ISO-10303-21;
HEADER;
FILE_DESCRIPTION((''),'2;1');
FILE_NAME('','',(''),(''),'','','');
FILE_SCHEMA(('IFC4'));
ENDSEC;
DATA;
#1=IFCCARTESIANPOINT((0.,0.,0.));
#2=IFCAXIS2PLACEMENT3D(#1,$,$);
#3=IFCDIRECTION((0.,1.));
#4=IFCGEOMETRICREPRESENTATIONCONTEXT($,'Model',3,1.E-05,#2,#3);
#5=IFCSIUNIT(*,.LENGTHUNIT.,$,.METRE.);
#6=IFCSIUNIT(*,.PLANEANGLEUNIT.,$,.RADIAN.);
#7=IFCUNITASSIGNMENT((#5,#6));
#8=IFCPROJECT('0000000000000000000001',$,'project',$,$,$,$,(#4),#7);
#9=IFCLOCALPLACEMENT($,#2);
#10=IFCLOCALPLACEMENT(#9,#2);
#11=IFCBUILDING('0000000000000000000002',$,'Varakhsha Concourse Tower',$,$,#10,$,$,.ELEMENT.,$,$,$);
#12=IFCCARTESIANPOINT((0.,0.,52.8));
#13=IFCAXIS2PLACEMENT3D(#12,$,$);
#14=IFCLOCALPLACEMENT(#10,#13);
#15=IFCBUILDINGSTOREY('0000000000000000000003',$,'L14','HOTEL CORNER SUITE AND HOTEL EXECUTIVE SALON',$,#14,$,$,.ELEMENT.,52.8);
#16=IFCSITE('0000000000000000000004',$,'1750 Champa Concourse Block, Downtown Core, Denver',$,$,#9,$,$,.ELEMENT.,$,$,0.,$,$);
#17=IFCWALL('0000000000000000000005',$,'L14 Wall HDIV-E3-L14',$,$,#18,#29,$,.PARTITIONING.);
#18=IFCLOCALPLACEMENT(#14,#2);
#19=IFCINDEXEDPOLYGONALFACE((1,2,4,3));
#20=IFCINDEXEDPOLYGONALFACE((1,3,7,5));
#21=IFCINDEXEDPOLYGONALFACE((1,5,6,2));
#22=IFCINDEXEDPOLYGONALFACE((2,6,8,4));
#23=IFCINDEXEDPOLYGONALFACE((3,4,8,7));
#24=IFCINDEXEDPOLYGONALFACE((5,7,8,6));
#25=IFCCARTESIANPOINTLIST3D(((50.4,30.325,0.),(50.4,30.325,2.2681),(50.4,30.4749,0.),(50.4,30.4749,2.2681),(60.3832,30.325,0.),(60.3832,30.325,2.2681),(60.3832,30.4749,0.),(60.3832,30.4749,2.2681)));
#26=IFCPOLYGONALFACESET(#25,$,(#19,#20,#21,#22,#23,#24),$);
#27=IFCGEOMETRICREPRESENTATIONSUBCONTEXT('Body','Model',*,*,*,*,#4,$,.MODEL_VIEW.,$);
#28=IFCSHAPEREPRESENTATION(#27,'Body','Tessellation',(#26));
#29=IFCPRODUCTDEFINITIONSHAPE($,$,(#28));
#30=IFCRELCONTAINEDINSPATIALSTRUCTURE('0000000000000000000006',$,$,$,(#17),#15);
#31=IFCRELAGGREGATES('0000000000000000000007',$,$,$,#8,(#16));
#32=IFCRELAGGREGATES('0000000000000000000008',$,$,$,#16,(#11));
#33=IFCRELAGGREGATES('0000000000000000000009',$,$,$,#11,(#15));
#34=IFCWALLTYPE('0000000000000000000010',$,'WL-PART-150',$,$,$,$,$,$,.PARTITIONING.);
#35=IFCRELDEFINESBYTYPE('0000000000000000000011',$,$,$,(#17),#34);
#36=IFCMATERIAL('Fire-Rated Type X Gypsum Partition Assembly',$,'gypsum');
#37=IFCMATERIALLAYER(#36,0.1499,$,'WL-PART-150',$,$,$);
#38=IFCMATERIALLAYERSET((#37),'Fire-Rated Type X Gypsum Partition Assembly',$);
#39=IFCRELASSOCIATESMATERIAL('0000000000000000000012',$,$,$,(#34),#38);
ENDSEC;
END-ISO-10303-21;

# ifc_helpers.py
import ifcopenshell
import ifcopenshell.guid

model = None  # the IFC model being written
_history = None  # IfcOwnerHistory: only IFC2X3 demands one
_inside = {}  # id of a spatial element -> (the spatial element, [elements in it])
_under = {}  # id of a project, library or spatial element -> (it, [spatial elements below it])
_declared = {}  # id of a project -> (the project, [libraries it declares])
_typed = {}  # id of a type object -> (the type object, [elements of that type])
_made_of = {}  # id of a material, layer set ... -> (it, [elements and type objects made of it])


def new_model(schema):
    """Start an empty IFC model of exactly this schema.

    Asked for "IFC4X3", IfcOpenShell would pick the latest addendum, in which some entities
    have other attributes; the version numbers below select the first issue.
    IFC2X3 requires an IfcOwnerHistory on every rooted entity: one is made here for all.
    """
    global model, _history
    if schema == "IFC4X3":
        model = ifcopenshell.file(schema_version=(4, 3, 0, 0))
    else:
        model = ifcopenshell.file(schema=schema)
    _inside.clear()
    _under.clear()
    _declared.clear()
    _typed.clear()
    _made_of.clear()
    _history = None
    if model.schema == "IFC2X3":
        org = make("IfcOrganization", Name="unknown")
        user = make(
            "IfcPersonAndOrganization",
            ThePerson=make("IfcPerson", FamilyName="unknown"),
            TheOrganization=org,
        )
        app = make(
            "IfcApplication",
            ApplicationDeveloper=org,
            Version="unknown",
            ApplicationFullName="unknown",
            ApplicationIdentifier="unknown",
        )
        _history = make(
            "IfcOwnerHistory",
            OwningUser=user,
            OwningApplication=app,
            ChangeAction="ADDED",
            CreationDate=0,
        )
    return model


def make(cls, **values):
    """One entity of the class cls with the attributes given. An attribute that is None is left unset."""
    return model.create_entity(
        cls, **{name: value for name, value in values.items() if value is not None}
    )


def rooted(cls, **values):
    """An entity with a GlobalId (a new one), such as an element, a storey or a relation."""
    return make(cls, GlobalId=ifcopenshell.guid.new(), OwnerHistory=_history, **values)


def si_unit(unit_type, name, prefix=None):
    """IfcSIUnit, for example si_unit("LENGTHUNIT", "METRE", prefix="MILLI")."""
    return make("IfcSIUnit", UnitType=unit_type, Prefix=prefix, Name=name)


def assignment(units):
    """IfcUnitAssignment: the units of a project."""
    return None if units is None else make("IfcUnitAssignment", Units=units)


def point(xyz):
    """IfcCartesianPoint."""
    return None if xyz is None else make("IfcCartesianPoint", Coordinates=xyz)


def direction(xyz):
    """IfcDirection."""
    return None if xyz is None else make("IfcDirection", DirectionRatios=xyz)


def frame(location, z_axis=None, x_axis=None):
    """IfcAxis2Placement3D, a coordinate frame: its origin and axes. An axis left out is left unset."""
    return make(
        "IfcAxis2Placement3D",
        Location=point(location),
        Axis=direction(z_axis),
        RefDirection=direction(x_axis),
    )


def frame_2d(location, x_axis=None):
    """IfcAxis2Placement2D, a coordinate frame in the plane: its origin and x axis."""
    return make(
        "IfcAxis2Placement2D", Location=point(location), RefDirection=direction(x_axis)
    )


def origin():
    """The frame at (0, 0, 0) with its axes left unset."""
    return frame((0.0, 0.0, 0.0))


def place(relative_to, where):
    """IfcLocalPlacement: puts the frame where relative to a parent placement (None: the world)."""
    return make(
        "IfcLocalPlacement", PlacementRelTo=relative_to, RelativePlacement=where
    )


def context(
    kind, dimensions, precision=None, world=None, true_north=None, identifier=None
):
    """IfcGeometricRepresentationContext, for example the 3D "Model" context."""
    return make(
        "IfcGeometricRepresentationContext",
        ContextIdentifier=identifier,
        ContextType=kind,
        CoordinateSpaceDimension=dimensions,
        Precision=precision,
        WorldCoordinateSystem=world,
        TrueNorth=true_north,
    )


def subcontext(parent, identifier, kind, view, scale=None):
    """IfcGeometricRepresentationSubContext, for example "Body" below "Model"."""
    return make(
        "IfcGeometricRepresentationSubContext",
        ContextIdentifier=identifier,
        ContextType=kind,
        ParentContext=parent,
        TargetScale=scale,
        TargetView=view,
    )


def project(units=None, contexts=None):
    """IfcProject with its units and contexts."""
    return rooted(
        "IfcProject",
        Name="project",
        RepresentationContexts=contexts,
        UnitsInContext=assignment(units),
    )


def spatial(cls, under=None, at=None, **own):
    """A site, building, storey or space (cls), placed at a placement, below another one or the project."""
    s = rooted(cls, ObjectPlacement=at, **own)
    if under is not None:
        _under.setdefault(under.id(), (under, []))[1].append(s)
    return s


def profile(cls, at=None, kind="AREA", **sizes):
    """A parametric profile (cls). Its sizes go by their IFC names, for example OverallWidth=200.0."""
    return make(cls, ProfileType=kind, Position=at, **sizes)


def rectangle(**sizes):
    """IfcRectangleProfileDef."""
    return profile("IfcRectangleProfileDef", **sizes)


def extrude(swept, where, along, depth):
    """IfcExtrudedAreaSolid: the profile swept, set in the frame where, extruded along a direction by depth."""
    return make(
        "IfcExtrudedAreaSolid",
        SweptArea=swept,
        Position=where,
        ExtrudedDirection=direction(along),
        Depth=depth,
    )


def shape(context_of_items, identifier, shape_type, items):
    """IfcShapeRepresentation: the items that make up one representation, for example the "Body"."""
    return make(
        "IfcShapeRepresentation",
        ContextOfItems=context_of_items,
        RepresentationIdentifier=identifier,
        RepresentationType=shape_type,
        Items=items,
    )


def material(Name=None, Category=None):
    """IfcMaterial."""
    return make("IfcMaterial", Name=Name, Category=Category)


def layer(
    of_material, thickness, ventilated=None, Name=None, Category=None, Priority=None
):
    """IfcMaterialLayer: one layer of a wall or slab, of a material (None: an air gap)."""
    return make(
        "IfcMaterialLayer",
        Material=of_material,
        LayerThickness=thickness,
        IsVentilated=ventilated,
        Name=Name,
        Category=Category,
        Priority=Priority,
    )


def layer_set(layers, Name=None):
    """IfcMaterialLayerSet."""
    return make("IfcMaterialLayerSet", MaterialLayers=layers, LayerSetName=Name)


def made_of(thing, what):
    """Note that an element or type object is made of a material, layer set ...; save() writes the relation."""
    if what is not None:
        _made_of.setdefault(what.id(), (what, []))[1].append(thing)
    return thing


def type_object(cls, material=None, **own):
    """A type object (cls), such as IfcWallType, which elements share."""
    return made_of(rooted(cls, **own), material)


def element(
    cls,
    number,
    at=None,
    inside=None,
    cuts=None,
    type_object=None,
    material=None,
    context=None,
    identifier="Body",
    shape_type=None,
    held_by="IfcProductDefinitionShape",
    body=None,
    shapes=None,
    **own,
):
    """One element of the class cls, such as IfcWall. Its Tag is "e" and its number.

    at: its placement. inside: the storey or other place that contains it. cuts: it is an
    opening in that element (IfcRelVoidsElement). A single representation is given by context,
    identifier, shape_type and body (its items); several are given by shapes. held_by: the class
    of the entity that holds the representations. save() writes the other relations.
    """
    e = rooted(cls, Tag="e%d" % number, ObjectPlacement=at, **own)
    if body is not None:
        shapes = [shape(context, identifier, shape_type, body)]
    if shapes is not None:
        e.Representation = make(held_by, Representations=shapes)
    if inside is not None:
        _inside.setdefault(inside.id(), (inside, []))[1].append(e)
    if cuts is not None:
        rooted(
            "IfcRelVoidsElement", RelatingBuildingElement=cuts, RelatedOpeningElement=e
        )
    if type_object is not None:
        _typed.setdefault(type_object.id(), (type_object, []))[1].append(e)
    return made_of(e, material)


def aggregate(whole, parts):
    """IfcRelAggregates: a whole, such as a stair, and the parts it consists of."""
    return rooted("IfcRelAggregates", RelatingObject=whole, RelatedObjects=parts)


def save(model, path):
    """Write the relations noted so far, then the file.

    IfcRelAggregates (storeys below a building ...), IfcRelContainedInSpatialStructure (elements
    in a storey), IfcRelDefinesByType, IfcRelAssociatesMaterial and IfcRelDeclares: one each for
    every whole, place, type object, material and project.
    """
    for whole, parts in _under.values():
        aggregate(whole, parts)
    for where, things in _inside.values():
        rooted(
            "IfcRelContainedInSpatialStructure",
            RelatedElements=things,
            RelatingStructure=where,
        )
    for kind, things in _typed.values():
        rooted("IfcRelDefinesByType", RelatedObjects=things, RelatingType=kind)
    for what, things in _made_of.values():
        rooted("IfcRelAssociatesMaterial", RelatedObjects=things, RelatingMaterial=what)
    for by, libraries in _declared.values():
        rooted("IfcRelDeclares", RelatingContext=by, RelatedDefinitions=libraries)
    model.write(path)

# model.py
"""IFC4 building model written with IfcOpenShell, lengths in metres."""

from ifc_helpers import new_model, si_unit, direction, frame, frame_2d, origin, place, context, subcontext, project, spatial, rectangle, extrude, material, layer, layer_set, type_object, element, save


model = new_model("IFC4")

# Units and contexts
model_context = context("Model", 3, precision=1e-05, world=origin(), true_north=direction((0.0, 1.0)))
body_context = subcontext(model_context, "Body", "Model", "MODEL_VIEW")
ifc_project = project(units=[si_unit("LENGTHUNIT", "METRE"), si_unit("PLANEANGLEUNIT", "RADIAN")], contexts=[model_context])

# Site, building, storey
site_placement = place(None, origin())
site = spatial("IfcSite", under=ifc_project, at=site_placement, Name="1750 Champa Concourse Block, Downtown Core, Denver", CompositionType="ELEMENT", RefElevation=0.0)
building_placement = place(site_placement, origin())
building = spatial("IfcBuilding", under=site, at=building_placement, Name="Varakhsha Concourse Tower", CompositionType="ELEMENT")
storey_placement = place(building_placement, frame((0.0, 0.0, 52.8)))
storey = spatial("IfcBuildingStorey", under=building, at=storey_placement, Name="L14", Description="HOTEL CORNER SUITE AND HOTEL EXECUTIVE SALON", CompositionType="ELEMENT", Elevation=52.8)

# Wall
ifc_material_1 = material(Name="Fire-Rated Type X Gypsum Partition Assembly", Category="gypsum")
ifc_layer_1 = layer(ifc_material_1, 0.1499, Name="WL-PART-150")
ifc_layer_set_1 = layer_set([ifc_layer_1], Name="Fire-Rated Type X Gypsum Partition Assembly")
wall_type_1 = type_object("IfcWallType", Name="WL-PART-150", PredefinedType="PARTITIONING", material=ifc_layer_set_1)
wall_1_placement = place(storey_placement, frame((50.3999, 30.3999, 0.0), z_axis=(0.0, 0.0, 1.0), x_axis=(1.0, 0.0, 0.0)))
element("IfcWall", 1, at=wall_1_placement, inside=storey, type_object=wall_type_1, Name="L14 Wall HDIV-E3-L14", PredefinedType="PARTITIONING", context=body_context, shape_type="SweptSolid", body=[
    extrude(rectangle(XDim=9.9832, YDim=0.1499, at=frame_2d((4.9917, 0.0))), origin(), (0.0, 0.0, 1.0), 2.2681),
])

save(model, "model.ifc")
